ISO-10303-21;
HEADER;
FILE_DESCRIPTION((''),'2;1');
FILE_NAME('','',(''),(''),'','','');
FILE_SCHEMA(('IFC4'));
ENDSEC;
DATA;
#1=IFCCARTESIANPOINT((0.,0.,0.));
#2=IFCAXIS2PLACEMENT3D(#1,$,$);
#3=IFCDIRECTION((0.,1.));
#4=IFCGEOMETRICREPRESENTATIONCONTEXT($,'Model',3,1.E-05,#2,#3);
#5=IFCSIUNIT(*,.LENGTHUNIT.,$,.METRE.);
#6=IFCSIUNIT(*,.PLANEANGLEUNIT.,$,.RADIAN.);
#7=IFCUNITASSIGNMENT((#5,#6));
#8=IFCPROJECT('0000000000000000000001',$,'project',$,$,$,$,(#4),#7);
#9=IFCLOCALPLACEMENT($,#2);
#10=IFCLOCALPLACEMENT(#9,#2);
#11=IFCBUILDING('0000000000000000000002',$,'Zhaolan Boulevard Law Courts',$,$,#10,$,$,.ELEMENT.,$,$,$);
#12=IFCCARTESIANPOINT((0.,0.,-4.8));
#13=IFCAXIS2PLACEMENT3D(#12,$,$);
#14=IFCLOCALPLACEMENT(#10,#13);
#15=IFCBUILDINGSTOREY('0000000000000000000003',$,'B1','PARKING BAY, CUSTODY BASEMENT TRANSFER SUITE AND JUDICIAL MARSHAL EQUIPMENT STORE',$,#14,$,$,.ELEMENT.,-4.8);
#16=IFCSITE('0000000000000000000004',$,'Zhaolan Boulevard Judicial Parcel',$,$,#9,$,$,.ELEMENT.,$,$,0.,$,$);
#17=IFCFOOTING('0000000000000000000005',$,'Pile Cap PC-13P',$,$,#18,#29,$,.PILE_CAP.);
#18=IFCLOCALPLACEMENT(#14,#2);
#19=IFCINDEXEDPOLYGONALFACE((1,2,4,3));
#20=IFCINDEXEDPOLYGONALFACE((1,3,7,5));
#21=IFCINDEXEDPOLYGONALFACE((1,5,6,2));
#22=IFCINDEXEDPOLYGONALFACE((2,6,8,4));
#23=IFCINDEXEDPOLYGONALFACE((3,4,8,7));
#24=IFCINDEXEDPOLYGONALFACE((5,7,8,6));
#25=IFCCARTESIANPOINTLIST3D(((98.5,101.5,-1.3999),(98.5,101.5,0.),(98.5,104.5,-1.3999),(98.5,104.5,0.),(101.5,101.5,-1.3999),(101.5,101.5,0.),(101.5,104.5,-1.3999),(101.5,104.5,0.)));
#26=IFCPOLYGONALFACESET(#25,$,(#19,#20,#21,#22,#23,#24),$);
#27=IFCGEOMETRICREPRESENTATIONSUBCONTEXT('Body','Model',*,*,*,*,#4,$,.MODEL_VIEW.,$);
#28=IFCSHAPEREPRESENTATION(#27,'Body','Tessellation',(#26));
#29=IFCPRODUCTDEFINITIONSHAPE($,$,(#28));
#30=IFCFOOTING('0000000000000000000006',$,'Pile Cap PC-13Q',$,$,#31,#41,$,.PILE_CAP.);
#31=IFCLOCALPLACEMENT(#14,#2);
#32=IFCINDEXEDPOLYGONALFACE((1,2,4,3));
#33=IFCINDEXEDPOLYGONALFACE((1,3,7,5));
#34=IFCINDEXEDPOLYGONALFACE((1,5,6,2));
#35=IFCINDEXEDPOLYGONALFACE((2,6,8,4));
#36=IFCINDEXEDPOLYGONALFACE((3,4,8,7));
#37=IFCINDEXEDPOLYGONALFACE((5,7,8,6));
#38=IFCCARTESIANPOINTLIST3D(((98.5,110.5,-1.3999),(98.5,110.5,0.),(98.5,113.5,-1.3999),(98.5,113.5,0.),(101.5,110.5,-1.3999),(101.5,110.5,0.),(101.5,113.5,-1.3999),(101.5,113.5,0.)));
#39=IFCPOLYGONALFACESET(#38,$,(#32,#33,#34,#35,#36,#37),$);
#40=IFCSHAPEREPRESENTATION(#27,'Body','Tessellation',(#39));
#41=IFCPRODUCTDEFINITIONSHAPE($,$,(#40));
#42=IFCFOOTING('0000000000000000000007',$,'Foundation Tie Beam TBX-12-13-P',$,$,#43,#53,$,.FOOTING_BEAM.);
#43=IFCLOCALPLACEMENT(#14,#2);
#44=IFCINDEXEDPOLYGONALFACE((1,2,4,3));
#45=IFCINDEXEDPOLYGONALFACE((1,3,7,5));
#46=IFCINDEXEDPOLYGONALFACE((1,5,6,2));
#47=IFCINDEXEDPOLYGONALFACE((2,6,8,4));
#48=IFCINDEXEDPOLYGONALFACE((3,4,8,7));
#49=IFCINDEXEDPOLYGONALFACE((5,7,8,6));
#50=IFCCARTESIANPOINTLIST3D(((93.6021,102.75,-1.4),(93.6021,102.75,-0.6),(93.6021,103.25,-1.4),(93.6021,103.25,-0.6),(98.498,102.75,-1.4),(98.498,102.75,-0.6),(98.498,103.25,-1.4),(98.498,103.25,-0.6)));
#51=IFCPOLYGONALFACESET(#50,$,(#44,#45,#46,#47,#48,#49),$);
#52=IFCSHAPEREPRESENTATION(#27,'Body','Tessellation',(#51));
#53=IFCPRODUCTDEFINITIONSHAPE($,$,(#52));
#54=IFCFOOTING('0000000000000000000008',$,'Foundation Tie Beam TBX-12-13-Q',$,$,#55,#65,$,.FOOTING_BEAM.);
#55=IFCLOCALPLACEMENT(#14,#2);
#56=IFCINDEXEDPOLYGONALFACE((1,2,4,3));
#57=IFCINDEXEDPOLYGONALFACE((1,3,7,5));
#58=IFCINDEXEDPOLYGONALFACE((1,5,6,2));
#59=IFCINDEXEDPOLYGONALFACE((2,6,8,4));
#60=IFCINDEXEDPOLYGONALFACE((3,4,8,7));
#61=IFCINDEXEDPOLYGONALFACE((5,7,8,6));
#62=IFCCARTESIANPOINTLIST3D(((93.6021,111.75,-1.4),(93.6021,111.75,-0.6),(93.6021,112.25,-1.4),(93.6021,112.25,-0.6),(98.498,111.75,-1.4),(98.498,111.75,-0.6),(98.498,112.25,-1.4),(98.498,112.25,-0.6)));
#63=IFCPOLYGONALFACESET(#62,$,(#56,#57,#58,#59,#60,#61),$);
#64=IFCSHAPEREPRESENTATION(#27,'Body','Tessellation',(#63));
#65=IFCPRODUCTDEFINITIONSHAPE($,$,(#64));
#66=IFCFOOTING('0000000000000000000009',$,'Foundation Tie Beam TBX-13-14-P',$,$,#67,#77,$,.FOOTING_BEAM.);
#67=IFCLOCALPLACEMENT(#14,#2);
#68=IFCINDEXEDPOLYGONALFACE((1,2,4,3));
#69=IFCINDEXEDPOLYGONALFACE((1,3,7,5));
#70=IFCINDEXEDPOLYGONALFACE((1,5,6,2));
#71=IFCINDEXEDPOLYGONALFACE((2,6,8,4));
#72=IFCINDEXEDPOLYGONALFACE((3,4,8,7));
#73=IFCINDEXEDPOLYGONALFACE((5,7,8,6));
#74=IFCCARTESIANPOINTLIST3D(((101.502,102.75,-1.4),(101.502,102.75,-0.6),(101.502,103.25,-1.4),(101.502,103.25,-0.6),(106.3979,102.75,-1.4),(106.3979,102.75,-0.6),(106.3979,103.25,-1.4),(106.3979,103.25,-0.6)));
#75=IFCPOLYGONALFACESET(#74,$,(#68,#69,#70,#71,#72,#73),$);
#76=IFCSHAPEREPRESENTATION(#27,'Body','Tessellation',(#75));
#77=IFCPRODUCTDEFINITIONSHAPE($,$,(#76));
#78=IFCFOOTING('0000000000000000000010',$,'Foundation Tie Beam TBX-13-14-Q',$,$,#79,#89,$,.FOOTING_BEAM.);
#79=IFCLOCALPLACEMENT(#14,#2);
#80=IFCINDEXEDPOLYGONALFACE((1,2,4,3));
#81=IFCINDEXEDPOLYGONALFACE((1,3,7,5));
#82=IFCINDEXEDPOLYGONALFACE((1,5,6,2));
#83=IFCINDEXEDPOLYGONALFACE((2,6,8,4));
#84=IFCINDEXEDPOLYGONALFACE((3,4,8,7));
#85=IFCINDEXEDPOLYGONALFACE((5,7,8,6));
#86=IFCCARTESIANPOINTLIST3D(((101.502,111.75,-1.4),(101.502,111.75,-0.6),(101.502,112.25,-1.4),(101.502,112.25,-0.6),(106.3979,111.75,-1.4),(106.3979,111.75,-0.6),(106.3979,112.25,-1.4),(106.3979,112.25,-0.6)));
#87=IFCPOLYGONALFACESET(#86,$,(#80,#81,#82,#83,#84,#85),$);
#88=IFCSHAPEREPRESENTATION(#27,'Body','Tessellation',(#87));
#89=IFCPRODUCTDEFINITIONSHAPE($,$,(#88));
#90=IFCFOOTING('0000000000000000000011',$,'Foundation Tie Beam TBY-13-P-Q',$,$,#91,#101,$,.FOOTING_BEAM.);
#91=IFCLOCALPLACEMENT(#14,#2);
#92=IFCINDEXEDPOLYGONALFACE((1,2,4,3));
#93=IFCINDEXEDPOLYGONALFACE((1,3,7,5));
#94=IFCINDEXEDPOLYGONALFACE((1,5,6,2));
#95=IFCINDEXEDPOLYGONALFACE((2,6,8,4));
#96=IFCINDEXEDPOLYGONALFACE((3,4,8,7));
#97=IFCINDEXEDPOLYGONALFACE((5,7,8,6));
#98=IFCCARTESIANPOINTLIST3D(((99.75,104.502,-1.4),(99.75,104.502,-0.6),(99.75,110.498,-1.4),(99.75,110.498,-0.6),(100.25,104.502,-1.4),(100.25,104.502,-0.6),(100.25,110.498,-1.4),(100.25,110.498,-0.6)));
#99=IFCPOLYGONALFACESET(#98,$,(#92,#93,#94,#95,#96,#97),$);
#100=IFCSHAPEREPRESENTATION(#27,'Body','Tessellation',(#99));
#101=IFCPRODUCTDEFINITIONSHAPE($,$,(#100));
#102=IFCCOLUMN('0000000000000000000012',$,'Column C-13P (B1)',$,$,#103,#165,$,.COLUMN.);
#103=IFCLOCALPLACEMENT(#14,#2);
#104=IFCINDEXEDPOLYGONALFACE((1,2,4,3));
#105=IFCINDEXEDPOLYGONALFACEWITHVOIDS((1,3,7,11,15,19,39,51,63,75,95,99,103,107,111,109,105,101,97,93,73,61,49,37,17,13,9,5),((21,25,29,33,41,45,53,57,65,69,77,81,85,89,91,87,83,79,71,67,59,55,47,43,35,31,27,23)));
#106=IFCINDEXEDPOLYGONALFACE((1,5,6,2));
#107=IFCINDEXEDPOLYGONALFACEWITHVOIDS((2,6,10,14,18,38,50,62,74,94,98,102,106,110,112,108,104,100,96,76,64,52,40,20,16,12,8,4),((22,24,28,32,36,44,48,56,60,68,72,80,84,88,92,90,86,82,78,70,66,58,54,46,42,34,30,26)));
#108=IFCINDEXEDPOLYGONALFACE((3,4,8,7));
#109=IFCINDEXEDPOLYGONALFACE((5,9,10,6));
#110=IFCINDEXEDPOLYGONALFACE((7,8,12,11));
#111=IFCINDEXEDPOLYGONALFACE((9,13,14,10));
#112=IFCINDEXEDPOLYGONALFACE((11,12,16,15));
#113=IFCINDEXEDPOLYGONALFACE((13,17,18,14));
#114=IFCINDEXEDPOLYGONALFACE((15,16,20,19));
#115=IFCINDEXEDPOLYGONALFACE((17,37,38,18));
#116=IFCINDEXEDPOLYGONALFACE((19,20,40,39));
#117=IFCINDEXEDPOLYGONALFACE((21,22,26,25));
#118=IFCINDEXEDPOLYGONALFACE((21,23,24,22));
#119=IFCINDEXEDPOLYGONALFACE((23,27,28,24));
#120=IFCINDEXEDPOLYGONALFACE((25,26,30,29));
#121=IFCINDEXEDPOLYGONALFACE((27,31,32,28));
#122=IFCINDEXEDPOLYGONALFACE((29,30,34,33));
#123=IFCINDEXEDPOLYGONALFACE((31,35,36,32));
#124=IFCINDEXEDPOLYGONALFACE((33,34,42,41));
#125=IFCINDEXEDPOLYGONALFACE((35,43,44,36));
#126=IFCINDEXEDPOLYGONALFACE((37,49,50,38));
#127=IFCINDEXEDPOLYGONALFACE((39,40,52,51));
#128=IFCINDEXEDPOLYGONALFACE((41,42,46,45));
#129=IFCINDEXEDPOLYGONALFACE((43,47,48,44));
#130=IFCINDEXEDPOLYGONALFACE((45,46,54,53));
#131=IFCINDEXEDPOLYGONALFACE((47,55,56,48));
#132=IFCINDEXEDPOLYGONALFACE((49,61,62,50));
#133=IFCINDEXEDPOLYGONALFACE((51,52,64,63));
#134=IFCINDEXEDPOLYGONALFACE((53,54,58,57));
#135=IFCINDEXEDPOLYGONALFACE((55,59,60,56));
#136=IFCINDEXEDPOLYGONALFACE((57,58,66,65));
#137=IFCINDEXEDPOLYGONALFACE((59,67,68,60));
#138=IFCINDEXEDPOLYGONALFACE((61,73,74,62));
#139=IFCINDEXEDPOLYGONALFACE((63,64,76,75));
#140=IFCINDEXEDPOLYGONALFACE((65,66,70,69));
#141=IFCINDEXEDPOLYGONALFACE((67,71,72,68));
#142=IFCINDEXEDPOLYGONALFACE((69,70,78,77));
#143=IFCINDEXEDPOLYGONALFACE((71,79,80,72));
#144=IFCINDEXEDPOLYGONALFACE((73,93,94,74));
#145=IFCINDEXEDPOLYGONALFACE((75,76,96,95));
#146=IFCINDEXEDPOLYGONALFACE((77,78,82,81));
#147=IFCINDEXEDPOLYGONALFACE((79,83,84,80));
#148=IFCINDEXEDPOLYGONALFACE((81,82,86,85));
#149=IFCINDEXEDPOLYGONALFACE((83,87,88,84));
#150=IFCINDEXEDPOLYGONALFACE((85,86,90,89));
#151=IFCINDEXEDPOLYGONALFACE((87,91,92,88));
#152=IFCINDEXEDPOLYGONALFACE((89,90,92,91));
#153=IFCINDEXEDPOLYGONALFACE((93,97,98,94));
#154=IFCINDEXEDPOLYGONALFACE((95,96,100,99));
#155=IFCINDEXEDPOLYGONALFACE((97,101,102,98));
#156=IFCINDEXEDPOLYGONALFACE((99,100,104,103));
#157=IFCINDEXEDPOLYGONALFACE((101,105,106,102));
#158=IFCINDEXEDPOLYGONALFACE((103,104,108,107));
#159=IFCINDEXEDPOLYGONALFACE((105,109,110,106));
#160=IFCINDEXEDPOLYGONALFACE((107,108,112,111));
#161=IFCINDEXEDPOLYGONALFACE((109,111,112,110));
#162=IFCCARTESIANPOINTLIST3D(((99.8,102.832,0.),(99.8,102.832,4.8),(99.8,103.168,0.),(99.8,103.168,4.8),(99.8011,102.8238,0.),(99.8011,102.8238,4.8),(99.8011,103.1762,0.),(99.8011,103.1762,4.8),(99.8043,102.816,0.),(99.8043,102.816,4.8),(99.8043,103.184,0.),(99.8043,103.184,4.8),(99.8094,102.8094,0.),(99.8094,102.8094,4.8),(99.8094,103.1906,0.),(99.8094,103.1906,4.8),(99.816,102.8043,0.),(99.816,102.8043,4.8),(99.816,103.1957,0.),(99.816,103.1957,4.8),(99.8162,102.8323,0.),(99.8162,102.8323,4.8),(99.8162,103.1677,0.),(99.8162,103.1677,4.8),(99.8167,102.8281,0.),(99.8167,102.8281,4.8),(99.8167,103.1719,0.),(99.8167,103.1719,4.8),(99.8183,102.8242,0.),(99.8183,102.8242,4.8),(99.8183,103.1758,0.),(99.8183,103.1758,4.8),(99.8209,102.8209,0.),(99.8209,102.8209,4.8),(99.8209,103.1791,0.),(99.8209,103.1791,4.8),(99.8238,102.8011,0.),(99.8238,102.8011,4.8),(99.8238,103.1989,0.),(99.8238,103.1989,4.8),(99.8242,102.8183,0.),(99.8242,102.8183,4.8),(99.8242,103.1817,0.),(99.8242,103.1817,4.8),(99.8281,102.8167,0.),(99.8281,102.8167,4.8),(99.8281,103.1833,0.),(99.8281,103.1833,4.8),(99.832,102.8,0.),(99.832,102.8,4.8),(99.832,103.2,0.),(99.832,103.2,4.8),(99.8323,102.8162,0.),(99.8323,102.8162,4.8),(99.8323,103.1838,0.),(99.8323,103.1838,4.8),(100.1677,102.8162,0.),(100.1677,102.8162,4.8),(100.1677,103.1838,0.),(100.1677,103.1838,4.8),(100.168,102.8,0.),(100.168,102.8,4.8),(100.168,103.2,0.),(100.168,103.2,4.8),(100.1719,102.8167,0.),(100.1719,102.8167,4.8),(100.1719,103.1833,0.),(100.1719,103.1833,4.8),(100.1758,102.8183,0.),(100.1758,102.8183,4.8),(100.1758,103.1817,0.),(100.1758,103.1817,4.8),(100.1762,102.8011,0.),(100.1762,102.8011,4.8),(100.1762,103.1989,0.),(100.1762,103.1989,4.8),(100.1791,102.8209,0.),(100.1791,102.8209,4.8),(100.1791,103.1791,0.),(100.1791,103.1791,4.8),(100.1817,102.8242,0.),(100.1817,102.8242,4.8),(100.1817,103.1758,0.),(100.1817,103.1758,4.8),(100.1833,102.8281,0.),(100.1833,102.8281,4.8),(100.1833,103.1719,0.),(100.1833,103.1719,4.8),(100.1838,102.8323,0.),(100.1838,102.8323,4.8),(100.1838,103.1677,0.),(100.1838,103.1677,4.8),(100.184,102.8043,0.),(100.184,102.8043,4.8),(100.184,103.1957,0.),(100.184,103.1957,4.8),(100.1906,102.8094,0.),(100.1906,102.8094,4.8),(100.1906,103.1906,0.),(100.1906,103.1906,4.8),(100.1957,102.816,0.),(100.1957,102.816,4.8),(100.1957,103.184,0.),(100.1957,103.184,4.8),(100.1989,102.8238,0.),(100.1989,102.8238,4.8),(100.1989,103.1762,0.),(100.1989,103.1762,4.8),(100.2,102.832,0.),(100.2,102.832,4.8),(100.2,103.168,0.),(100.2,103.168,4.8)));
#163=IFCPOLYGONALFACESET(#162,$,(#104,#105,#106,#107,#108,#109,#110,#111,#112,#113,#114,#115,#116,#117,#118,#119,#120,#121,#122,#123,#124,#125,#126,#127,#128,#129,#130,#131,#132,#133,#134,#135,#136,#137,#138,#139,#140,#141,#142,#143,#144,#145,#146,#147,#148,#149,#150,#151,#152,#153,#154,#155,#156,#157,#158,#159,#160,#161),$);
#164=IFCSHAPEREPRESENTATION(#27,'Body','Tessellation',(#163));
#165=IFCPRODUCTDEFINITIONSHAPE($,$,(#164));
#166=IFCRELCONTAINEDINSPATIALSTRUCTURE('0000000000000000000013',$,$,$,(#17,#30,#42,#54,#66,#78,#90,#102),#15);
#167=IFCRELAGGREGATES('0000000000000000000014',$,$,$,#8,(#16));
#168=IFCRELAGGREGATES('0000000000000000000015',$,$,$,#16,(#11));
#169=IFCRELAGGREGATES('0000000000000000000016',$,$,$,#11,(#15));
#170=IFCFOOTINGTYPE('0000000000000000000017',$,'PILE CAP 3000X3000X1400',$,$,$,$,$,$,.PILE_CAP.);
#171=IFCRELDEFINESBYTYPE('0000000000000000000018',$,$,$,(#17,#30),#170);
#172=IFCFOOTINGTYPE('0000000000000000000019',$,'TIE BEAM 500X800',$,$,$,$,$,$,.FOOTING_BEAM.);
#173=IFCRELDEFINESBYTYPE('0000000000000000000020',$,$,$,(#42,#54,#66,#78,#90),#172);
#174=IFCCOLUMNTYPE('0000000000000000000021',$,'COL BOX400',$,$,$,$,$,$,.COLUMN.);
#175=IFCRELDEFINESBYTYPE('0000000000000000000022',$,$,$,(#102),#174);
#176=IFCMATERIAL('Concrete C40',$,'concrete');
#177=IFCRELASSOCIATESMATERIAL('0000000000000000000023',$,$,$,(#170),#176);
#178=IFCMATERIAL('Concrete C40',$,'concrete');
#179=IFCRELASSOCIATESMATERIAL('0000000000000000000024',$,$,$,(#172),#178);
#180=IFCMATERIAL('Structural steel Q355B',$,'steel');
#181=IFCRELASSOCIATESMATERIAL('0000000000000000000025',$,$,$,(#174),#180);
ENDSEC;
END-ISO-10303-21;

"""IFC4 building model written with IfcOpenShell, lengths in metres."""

from ifc_helpers import new_model, si_unit, direction, frame, origin, origin_2d, place, context, subcontext, project, spatial, rectangle, hollow_rectangle, extrude, material, material_profile, profile_set, type_object, element, save


model = new_model("IFC4")

# Units and contexts
model_context = context("Model", 3, precision=1e-05, world=origin(), true_north=direction((0.0, 1.0)))
body_context = subcontext(model_context, "Body", "Model", "MODEL_VIEW")
ifc_project = project(units=[si_unit("LENGTHUNIT", "METRE"), si_unit("PLANEANGLEUNIT", "RADIAN")], contexts=[model_context])

# Site, building, storey
site_placement = place(None, origin())
site = spatial("IfcSite", under=ifc_project, at=site_placement, Name="Zhaolan Boulevard Judicial Parcel", CompositionType="ELEMENT", RefElevation=0.0)
building_placement = place(site_placement, origin())
building = spatial("IfcBuilding", under=site, at=building_placement, Name="Zhaolan Boulevard Law Courts", CompositionType="ELEMENT")
storey_placement = place(building_placement, frame((0.0, 0.0, -4.8)))
storey = spatial("IfcBuildingStorey", under=building, at=storey_placement, Name="B1", Description="PARKING BAY, CUSTODY BASEMENT TRANSFER SUITE AND JUDICIAL MARSHAL EQUIPMENT STORE", CompositionType="ELEMENT", Elevation=-4.8)

# Footings
ifc_material_1 = material(Name="Concrete C40", Category="concrete")
footing_type_1 = type_object("IfcFootingType", Name="PILE CAP 3000X3000X1400", PredefinedType="PILE_CAP", material=ifc_material_1)
for number, where, z_axis, x_axis, name in (
    (1, (100.0, 103.0, -1.3999), (0.0, 0.0, 1.0), (1.0, 0.0, 0.0), "Pile Cap PC-13P"),
    (2, (100.0, 112.0, -1.3999), (0.0, 0.0, 1.0), (1.0, 0.0, 0.0), "Pile Cap PC-13Q"),
):
    element("IfcFooting", number, at=place(storey_placement, frame(where, z_axis=z_axis, x_axis=x_axis)), inside=storey, type_object=footing_type_1, Name=name, PredefinedType="PILE_CAP", context=body_context, shape_type="SweptSolid", body=[
        extrude(rectangle(XDim=3.0, YDim=3.0, at=origin_2d()), origin(), (0.0, 0.0, 1.0), 1.3999),
    ])
ifc_material_2 = material(Name="Concrete C40", Category="concrete")
ifc_material_profile_1 = material_profile(ifc_material_2, rectangle(XDim=0.5, YDim=0.8, at=origin_2d()), Name="RC500x800")
ifc_profile_set_1 = profile_set([ifc_material_profile_1], Name="Concrete C40")
footing_type_2 = type_object("IfcFootingType", Name="TIE BEAM 500X800", PredefinedType="FOOTING_BEAM", material=ifc_profile_set_1)
for number, where, z_axis, x_axis, name in (
    (3, (93.6021, 103.0, -1.0), (1.0, 0.0, 0.0), (0.0, 1.0, 0.0), "Foundation Tie Beam TBX-12-13-P"),
    (4, (93.6021, 112.0, -1.0), (1.0, 0.0, 0.0), (0.0, 1.0, 0.0), "Foundation Tie Beam TBX-12-13-Q"),
    (5, (101.502, 103.0, -1.0), (1.0, 0.0, 0.0), (0.0, 1.0, 0.0), "Foundation Tie Beam TBX-13-14-P"),
    (6, (101.502, 112.0, -1.0), (1.0, 0.0, 0.0), (0.0, 1.0, 0.0), "Foundation Tie Beam TBX-13-14-Q"),
):
    element("IfcFooting", number, at=place(storey_placement, frame(where, z_axis=z_axis, x_axis=x_axis)), inside=storey, type_object=footing_type_2, Name=name, PredefinedType="FOOTING_BEAM", context=body_context, shape_type="SweptSolid", body=[
        extrude(rectangle(XDim=0.5, YDim=0.8, at=origin_2d()), origin(), (0.0, 0.0, 1.0), 4.896),
    ])
footing_placement = place(storey_placement, frame((100.0, 104.502, -1.0), z_axis=(0.0, 1.0, 0.0), x_axis=(-1.0, 0.0, 0.0)))
element("IfcFooting", 7, at=footing_placement, inside=storey, type_object=footing_type_2, Name="Foundation Tie Beam TBY-13-P-Q", PredefinedType="FOOTING_BEAM", context=body_context, shape_type="SweptSolid", body=[
    extrude(rectangle(XDim=0.5, YDim=0.8, at=origin_2d()), origin(), (0.0, 0.0, 1.0), 5.9961),
])

# Column
ifc_material_3 = material(Name="Structural steel Q355B", Category="steel")
ifc_material_profile_2 = material_profile(ifc_material_3, hollow_rectangle(XDim=0.3999, YDim=0.3999, WallThickness=0.0161, InnerFilletRadius=0.0161, OuterFilletRadius=0.032, at=origin_2d()), Name="BOX400x400x16")
ifc_profile_set_2 = profile_set([ifc_material_profile_2], Name="Structural steel Q355B")
column_type_1 = type_object("IfcColumnType", Name="COL BOX400", PredefinedType="COLUMN", material=ifc_profile_set_2)
column_1_placement = place(storey_placement, frame((100.0, 103.0, 0.0), z_axis=(0.0, 0.0, 1.0), x_axis=(1.0, 0.0, 0.0)))
element("IfcColumn", 8, at=column_1_placement, inside=storey, type_object=column_type_1, Name="Column C-13P (B1)", PredefinedType="COLUMN", context=body_context, shape_type="SweptSolid", body=[
    extrude(hollow_rectangle(XDim=0.3999, YDim=0.3999, WallThickness=0.0161, InnerFilletRadius=0.0161, OuterFilletRadius=0.032, at=origin_2d()), origin(), (0.0, 0.0, 1.0), 4.8),
])

save(model, "model.ifc")
